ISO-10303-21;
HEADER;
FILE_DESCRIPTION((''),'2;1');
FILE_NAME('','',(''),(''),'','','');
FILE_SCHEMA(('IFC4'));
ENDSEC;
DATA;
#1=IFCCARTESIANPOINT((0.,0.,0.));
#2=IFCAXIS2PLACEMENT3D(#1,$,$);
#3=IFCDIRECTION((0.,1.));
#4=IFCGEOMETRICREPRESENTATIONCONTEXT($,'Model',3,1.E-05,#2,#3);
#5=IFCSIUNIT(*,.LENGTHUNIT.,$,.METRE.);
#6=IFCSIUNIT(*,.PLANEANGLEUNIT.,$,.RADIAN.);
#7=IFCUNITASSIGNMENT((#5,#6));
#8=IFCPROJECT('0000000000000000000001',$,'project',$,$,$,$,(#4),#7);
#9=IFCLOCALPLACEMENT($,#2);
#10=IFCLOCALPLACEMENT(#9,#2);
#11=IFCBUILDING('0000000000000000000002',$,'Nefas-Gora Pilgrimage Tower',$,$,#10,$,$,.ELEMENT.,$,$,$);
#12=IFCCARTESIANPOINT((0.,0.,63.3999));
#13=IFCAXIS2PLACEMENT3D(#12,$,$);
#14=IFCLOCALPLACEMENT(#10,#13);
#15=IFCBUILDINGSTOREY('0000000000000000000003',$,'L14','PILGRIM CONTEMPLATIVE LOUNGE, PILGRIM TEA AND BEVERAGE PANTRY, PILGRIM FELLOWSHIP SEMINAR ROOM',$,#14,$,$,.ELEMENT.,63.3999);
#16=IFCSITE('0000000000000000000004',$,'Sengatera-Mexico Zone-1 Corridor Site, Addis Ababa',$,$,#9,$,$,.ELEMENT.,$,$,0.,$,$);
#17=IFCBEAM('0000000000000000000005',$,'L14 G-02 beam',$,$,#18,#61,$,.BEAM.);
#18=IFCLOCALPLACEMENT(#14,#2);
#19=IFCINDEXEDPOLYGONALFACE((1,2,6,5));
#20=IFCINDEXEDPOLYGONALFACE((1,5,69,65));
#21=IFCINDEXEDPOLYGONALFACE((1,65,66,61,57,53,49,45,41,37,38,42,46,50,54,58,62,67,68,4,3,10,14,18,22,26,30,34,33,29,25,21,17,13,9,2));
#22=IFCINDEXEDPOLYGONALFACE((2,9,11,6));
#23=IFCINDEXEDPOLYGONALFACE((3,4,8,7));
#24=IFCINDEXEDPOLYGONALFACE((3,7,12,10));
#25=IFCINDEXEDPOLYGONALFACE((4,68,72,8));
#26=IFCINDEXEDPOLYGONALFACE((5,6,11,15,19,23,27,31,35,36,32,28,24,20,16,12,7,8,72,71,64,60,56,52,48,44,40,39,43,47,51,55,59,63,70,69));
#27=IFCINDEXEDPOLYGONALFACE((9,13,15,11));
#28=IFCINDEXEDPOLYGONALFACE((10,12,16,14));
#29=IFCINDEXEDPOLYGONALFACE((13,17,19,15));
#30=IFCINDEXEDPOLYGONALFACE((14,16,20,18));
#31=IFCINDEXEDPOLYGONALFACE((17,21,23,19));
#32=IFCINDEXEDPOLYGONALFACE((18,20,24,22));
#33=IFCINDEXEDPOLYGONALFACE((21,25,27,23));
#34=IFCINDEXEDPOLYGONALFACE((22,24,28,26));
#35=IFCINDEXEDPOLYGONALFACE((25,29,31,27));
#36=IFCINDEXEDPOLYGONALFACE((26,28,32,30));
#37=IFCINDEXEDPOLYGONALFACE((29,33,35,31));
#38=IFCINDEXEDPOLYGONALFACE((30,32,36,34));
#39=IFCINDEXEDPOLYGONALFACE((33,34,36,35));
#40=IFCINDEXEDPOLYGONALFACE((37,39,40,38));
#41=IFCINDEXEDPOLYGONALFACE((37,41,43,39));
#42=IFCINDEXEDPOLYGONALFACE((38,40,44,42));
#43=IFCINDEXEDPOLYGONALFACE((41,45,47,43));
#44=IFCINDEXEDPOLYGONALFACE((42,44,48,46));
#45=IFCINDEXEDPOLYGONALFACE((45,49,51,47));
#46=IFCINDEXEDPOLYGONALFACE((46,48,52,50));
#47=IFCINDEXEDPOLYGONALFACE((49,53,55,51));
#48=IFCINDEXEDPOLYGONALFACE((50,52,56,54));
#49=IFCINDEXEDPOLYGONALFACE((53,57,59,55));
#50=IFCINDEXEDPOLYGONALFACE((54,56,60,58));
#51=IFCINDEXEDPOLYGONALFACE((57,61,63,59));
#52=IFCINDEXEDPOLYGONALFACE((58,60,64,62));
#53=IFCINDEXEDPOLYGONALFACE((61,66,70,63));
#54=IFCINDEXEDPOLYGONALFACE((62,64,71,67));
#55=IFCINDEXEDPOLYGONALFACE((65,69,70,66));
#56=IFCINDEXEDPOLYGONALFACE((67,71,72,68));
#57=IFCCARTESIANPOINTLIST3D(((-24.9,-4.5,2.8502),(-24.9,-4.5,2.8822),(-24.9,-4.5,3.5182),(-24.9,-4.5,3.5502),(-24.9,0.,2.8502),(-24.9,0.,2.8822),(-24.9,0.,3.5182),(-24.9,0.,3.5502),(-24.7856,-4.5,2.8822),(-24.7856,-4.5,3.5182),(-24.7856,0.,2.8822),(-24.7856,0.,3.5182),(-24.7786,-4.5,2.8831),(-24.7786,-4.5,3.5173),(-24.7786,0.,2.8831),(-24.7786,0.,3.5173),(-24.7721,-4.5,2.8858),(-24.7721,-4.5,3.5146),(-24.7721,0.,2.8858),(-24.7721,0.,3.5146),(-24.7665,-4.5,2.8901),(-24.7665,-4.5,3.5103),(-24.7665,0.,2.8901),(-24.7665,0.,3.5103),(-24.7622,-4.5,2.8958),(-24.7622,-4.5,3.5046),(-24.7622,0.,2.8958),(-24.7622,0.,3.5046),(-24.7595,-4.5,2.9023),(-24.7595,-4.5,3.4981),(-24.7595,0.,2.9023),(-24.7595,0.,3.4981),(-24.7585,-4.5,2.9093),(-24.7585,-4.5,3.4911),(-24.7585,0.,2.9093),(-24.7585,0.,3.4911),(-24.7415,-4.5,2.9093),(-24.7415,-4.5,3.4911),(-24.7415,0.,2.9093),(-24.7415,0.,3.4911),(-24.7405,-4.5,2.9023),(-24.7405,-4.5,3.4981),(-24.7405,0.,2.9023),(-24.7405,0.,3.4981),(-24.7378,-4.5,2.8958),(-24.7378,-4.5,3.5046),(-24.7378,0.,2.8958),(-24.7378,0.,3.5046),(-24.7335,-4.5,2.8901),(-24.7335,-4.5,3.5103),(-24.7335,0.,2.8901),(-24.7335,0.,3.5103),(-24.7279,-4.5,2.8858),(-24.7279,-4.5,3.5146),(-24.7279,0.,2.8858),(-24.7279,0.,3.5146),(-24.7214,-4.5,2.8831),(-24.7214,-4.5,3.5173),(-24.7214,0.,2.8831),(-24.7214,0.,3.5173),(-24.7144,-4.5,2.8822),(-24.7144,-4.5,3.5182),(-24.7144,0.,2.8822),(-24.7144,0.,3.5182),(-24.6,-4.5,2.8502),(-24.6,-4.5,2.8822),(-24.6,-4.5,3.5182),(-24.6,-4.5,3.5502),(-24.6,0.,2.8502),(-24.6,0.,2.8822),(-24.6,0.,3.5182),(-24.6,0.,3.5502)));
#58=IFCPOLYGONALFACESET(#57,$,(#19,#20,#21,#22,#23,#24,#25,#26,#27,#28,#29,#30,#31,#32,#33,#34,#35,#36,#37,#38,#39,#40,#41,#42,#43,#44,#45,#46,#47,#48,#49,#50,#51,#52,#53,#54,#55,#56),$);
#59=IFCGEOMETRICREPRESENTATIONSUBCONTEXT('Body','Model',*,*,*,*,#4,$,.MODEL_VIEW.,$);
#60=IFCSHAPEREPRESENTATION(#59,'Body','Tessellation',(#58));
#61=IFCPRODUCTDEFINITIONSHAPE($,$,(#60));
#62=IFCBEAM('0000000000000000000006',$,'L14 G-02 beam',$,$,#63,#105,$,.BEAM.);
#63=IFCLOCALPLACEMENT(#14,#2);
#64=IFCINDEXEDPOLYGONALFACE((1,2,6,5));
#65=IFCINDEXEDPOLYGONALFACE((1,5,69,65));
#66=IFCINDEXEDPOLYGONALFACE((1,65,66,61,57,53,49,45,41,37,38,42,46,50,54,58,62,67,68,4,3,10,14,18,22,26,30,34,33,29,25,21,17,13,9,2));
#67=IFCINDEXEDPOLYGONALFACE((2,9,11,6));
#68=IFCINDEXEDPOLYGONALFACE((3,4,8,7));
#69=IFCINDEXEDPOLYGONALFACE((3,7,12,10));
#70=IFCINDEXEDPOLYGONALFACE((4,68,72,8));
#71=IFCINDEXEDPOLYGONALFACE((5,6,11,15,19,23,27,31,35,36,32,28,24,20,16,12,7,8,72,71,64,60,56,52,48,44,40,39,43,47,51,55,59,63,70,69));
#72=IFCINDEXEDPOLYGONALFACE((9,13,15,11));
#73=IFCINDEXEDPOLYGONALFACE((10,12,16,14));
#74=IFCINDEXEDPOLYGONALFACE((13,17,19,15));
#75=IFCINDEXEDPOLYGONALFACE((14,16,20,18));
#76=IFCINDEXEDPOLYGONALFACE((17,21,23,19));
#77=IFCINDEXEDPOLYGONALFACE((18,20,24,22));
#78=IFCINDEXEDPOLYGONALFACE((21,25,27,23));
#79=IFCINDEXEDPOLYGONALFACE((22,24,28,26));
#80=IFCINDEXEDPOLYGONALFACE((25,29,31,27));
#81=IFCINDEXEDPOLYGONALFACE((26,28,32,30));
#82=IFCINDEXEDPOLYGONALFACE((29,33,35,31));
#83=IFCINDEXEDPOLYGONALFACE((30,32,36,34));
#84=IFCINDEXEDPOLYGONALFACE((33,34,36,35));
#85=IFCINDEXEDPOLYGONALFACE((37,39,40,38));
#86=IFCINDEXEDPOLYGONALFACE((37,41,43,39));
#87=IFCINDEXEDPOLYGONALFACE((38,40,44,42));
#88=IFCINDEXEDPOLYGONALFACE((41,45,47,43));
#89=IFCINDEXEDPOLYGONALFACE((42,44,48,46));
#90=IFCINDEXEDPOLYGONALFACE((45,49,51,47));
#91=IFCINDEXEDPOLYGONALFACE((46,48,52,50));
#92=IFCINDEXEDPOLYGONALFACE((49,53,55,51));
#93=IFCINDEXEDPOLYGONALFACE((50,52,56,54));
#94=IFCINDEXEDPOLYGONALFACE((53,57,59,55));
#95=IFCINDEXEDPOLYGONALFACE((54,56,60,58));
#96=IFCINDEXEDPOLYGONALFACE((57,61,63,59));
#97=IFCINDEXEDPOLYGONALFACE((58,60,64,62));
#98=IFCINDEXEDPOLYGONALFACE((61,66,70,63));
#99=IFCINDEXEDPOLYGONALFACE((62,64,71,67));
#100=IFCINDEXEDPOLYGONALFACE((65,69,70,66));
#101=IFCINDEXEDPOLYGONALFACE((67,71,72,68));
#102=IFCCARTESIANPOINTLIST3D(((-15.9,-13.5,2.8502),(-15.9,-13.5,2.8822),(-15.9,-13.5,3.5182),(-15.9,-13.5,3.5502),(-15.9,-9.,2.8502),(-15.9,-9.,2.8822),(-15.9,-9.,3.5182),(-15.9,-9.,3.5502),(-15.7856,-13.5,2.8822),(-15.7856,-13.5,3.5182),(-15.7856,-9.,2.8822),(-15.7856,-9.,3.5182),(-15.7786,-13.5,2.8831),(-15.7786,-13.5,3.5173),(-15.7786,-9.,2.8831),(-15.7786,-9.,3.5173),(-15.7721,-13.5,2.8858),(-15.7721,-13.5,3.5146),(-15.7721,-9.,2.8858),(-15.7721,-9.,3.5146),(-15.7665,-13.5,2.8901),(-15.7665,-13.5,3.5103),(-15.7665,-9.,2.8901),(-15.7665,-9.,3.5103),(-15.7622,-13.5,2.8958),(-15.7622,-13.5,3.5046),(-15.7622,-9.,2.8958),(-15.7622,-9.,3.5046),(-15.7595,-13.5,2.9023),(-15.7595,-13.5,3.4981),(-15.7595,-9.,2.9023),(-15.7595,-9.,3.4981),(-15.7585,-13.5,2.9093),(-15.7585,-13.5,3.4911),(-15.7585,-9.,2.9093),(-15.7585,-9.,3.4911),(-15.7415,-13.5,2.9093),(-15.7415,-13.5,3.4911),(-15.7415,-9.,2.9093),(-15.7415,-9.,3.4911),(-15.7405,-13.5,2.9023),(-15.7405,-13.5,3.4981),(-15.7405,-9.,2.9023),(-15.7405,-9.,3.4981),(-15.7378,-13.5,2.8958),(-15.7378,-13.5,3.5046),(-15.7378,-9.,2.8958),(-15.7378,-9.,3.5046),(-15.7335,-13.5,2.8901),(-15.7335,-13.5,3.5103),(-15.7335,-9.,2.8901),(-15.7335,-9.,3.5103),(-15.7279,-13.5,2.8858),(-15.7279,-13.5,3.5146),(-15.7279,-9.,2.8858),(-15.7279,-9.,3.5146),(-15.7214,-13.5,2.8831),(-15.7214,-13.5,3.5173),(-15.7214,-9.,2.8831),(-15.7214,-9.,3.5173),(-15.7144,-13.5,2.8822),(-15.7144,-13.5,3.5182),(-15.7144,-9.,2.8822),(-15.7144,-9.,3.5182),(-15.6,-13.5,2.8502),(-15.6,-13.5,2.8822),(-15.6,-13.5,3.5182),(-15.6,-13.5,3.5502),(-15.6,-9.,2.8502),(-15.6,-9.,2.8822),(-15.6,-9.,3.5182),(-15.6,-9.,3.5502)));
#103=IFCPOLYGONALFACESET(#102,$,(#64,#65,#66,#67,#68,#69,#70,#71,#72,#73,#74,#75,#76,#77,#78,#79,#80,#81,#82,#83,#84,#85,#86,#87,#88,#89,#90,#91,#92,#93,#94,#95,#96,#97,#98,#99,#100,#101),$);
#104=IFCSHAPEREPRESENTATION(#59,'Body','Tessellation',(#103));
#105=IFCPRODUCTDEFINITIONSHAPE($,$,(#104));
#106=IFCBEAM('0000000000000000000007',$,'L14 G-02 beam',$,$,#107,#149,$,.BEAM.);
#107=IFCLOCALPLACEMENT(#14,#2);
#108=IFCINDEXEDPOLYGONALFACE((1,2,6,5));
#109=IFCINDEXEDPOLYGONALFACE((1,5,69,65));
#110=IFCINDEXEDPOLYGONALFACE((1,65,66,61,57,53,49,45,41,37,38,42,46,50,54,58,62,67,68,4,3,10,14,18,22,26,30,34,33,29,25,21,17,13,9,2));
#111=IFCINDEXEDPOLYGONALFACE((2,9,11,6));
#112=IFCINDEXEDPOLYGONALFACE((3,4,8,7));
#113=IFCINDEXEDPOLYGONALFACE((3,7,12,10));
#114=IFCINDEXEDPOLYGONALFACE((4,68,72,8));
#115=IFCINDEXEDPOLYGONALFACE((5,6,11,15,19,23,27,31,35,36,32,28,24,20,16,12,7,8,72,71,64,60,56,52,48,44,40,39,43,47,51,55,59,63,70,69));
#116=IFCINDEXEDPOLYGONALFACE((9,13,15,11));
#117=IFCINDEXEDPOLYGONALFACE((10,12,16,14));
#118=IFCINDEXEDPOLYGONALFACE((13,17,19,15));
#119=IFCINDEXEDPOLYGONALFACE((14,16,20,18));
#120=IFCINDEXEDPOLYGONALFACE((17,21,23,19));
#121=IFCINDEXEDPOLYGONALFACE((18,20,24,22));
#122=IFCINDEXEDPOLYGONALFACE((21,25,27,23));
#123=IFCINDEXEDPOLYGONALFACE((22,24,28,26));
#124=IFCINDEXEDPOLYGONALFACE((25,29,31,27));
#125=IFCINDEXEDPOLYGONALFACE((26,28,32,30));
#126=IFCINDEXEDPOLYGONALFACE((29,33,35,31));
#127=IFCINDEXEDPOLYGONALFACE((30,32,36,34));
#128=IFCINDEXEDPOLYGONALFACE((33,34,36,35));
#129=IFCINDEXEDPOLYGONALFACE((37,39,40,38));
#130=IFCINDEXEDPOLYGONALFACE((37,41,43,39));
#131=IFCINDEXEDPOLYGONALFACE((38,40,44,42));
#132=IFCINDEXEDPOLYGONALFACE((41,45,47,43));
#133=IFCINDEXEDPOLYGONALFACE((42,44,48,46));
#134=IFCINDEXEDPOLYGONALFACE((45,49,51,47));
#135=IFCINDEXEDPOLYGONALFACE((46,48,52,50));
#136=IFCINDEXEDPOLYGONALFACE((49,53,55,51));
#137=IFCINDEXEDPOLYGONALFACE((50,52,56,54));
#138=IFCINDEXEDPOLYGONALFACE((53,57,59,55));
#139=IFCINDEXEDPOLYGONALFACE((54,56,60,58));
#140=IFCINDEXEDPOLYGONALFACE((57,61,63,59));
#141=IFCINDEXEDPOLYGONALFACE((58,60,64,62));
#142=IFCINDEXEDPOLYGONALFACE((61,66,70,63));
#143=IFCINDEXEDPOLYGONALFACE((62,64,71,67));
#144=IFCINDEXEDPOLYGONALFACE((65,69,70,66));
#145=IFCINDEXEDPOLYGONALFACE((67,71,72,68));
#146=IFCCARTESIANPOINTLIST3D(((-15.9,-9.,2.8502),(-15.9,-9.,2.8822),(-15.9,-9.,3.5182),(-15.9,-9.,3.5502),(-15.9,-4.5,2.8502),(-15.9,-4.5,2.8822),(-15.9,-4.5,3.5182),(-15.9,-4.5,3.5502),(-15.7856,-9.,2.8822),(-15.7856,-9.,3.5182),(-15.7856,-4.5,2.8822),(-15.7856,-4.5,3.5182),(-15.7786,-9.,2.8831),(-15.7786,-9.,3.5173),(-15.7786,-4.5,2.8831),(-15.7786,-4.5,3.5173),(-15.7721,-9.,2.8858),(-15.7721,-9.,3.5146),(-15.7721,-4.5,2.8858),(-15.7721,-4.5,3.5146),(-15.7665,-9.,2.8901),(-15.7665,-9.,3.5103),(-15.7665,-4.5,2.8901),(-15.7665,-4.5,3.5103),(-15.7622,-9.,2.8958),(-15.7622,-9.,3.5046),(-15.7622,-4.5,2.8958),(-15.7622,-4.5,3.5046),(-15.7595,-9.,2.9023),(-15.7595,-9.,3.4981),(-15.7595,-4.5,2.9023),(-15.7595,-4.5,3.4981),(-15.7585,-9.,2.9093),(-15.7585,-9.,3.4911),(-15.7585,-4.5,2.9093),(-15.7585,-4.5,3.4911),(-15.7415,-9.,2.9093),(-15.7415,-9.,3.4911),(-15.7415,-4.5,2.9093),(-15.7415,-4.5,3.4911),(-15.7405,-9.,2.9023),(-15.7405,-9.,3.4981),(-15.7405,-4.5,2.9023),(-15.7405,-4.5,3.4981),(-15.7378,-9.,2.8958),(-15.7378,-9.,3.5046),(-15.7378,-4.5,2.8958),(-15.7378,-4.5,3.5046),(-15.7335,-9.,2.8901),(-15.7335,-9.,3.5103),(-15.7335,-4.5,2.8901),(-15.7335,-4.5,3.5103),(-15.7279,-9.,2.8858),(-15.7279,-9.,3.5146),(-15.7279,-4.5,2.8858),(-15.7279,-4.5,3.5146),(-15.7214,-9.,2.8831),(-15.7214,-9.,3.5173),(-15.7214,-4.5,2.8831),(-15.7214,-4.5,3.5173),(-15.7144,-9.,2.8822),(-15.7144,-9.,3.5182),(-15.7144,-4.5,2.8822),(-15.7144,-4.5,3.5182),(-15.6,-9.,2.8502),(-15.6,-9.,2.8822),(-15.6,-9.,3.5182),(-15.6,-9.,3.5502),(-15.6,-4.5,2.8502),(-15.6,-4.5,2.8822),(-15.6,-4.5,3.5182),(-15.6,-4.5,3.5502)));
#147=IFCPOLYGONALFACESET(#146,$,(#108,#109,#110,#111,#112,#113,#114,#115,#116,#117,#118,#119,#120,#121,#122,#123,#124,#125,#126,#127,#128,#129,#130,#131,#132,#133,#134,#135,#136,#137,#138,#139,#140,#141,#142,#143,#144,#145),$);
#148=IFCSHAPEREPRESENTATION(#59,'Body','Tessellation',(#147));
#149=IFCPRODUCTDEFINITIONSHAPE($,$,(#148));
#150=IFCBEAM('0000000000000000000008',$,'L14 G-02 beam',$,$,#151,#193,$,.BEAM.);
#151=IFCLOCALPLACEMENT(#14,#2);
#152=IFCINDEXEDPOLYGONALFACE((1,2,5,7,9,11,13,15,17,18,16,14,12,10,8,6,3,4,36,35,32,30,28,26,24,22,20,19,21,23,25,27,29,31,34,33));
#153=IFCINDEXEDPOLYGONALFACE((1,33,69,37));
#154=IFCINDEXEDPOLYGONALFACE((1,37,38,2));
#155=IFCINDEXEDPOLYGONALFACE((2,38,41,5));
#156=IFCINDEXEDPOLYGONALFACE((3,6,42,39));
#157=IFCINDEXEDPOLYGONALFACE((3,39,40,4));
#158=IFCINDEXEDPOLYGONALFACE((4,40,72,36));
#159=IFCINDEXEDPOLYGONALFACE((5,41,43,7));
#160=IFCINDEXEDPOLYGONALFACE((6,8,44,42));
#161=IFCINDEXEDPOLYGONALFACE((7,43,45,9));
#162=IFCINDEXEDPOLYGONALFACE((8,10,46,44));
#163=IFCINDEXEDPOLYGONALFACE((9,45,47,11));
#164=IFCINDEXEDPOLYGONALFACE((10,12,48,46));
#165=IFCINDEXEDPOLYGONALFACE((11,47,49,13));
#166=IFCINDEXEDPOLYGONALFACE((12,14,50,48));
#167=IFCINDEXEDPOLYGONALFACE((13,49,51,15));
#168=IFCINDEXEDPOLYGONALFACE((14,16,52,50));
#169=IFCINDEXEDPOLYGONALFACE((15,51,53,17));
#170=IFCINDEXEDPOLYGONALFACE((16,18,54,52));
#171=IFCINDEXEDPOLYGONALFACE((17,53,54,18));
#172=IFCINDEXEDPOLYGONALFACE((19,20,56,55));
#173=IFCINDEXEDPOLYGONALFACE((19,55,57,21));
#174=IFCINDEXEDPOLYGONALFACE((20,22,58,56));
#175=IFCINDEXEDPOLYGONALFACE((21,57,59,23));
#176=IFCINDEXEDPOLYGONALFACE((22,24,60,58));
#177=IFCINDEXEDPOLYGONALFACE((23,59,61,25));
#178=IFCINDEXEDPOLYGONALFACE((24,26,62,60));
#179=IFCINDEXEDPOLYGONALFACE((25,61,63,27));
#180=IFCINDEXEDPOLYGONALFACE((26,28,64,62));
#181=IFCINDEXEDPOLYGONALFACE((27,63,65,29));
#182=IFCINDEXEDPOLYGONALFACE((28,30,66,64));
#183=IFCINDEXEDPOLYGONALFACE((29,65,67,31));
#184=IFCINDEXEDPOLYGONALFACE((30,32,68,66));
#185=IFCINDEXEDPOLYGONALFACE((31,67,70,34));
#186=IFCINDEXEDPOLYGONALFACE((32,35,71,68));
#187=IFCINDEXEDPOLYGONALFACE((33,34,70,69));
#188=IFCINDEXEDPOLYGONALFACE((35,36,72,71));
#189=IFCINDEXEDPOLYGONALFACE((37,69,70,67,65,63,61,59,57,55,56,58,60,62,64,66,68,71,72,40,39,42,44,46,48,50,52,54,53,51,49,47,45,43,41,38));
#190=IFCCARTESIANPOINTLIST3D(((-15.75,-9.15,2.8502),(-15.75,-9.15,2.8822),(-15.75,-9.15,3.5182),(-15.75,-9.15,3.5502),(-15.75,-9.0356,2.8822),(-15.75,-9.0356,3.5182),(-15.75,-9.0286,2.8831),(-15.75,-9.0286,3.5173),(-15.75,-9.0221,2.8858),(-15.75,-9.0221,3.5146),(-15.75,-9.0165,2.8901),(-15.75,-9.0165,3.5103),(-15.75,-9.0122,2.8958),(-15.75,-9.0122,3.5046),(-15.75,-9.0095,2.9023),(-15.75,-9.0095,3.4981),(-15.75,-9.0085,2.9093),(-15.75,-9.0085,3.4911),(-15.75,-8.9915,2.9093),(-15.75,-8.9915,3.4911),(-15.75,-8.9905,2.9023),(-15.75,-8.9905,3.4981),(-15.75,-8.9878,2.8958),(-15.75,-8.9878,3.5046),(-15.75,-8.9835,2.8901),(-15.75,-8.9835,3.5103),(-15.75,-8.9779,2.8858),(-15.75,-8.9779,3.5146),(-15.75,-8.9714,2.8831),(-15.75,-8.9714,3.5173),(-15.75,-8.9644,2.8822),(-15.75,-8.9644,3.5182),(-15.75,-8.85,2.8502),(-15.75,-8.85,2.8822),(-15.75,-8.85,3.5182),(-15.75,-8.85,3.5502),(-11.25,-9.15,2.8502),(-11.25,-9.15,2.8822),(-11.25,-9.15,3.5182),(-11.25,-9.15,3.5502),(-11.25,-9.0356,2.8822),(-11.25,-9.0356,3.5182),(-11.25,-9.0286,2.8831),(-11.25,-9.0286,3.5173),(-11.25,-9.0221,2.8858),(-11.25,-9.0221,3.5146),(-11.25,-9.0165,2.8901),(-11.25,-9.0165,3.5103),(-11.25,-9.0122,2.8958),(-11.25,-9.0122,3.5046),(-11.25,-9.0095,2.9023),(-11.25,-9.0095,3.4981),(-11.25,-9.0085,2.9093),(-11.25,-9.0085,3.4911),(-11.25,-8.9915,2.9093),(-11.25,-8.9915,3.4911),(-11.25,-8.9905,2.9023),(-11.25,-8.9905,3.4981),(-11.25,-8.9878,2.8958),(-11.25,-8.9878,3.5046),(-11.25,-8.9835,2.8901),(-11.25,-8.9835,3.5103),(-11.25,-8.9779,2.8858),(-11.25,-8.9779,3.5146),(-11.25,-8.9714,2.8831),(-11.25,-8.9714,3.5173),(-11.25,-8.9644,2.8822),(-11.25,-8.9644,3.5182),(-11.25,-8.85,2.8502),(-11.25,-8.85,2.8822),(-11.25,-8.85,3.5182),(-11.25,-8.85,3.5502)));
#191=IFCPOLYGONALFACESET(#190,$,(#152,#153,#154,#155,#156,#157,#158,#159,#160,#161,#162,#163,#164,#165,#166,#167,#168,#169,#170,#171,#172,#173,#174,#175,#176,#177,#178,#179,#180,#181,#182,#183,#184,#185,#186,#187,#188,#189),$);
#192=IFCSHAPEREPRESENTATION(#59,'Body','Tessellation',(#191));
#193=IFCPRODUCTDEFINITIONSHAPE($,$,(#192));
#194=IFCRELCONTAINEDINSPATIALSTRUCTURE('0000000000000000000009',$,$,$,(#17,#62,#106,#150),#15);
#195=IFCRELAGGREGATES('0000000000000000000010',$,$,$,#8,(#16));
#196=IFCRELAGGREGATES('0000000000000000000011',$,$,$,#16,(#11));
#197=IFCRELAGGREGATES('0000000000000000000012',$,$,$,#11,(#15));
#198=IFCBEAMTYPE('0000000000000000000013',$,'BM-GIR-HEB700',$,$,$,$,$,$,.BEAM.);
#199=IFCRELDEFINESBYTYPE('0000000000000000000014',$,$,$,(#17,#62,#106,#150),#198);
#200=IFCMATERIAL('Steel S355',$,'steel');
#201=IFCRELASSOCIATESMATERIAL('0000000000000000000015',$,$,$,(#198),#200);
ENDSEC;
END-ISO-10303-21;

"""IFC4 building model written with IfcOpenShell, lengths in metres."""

from ifc_helpers import new_model, si_unit, direction, frame, origin, origin_2d, place, context, subcontext, project, spatial, i_section, extrude, source, transform, mapped, material, material_profile, profile_set, type_object, element, save


model = new_model("IFC4")

# Units and contexts
model_context = context("Model", 3, precision=1e-05, world=origin(), true_north=direction((0.0, 1.0)))
body_context = subcontext(model_context, "Body", "Model", "MODEL_VIEW")
ifc_project = project(units=[si_unit("LENGTHUNIT", "METRE"), si_unit("PLANEANGLEUNIT", "RADIAN")], contexts=[model_context])

# Site, building, storey
site_placement = place(None, origin())
site = spatial("IfcSite", under=ifc_project, at=site_placement, Name="Sengatera-Mexico Zone-1 Corridor Site, Addis Ababa", CompositionType="ELEMENT", RefElevation=0.0)
building_placement = place(site_placement, origin())
building = spatial("IfcBuilding", under=site, at=building_placement, Name="Nefas-Gora Pilgrimage Tower", CompositionType="ELEMENT")
storey_placement = place(building_placement, frame((0.0, 0.0, 63.3999)))
storey = spatial("IfcBuildingStorey", under=building, at=storey_placement, Name="L14", Description="PILGRIM CONTEMPLATIVE LOUNGE, PILGRIM TEA AND BEVERAGE PANTRY, PILGRIM FELLOWSHIP SEMINAR ROOM", CompositionType="ELEMENT", Elevation=63.3999)

# Beams
ifc_material_1 = material(Name="Steel S355", Category="steel")
ifc_material_profile_1 = material_profile(ifc_material_1, i_section(OverallWidth=0.3, OverallDepth=0.7, WebThickness=0.0171, FlangeThickness=0.032, FilletRadius=0.0271, at=origin_2d()), Name="HEB 700")
ifc_profile_set_1 = profile_set([ifc_material_profile_1], Name="Steel S355")
beam_type = type_object("IfcBeamType", Name="BM-GIR-HEB700", PredefinedType="BEAM", material=ifc_profile_set_1)
shared_shape_1 = source(origin(), body_context, "Body", "SweptSolid", [
    extrude(i_section(OverallWidth=0.3, OverallDepth=0.7, WebThickness=0.0171, FlangeThickness=0.032, FilletRadius=0.0271, at=origin_2d()), origin(), (0.0, 0.0, 1.0), 4.5),
])
for number, where, z_axis, x_axis, name in (
    (1, (-24.75, -4.5, 3.2002), (0.0, 1.0, 0.0), (-1.0, 0.0, 0.0), "L14 G-02 beam"),
    (2, (-15.75, -13.5, 3.2002), (0.0, 1.0, 0.0), (-1.0, 0.0, 0.0), "L14 G-02 beam"),
    (3, (-15.75, -9.0, 3.2002), (0.0, 1.0, 0.0), (-1.0, 0.0, 0.0), "L14 G-02 beam"),
    (4, (-15.75, -9.0, 3.2002), (1.0, 0.0, 0.0), (0.0, 1.0, 0.0), "L14 G-02 beam"),
):
    element("IfcBeam", number, at=place(storey_placement, frame(where, z_axis=z_axis, x_axis=x_axis)), inside=storey, type_object=beam_type, Name=name, PredefinedType="BEAM", context=body_context, shape_type="MappedRepresentation", body=[
        mapped(shared_shape_1, transform((0.0, 0.0, 0.0), x_axis=(1.0, 0.0, 0.0), y_axis=(0.0, 1.0, 0.0), z_axis=(0.0, 0.0, 1.0), scale=1.0)),
    ])

save(model, "model.ifc")
